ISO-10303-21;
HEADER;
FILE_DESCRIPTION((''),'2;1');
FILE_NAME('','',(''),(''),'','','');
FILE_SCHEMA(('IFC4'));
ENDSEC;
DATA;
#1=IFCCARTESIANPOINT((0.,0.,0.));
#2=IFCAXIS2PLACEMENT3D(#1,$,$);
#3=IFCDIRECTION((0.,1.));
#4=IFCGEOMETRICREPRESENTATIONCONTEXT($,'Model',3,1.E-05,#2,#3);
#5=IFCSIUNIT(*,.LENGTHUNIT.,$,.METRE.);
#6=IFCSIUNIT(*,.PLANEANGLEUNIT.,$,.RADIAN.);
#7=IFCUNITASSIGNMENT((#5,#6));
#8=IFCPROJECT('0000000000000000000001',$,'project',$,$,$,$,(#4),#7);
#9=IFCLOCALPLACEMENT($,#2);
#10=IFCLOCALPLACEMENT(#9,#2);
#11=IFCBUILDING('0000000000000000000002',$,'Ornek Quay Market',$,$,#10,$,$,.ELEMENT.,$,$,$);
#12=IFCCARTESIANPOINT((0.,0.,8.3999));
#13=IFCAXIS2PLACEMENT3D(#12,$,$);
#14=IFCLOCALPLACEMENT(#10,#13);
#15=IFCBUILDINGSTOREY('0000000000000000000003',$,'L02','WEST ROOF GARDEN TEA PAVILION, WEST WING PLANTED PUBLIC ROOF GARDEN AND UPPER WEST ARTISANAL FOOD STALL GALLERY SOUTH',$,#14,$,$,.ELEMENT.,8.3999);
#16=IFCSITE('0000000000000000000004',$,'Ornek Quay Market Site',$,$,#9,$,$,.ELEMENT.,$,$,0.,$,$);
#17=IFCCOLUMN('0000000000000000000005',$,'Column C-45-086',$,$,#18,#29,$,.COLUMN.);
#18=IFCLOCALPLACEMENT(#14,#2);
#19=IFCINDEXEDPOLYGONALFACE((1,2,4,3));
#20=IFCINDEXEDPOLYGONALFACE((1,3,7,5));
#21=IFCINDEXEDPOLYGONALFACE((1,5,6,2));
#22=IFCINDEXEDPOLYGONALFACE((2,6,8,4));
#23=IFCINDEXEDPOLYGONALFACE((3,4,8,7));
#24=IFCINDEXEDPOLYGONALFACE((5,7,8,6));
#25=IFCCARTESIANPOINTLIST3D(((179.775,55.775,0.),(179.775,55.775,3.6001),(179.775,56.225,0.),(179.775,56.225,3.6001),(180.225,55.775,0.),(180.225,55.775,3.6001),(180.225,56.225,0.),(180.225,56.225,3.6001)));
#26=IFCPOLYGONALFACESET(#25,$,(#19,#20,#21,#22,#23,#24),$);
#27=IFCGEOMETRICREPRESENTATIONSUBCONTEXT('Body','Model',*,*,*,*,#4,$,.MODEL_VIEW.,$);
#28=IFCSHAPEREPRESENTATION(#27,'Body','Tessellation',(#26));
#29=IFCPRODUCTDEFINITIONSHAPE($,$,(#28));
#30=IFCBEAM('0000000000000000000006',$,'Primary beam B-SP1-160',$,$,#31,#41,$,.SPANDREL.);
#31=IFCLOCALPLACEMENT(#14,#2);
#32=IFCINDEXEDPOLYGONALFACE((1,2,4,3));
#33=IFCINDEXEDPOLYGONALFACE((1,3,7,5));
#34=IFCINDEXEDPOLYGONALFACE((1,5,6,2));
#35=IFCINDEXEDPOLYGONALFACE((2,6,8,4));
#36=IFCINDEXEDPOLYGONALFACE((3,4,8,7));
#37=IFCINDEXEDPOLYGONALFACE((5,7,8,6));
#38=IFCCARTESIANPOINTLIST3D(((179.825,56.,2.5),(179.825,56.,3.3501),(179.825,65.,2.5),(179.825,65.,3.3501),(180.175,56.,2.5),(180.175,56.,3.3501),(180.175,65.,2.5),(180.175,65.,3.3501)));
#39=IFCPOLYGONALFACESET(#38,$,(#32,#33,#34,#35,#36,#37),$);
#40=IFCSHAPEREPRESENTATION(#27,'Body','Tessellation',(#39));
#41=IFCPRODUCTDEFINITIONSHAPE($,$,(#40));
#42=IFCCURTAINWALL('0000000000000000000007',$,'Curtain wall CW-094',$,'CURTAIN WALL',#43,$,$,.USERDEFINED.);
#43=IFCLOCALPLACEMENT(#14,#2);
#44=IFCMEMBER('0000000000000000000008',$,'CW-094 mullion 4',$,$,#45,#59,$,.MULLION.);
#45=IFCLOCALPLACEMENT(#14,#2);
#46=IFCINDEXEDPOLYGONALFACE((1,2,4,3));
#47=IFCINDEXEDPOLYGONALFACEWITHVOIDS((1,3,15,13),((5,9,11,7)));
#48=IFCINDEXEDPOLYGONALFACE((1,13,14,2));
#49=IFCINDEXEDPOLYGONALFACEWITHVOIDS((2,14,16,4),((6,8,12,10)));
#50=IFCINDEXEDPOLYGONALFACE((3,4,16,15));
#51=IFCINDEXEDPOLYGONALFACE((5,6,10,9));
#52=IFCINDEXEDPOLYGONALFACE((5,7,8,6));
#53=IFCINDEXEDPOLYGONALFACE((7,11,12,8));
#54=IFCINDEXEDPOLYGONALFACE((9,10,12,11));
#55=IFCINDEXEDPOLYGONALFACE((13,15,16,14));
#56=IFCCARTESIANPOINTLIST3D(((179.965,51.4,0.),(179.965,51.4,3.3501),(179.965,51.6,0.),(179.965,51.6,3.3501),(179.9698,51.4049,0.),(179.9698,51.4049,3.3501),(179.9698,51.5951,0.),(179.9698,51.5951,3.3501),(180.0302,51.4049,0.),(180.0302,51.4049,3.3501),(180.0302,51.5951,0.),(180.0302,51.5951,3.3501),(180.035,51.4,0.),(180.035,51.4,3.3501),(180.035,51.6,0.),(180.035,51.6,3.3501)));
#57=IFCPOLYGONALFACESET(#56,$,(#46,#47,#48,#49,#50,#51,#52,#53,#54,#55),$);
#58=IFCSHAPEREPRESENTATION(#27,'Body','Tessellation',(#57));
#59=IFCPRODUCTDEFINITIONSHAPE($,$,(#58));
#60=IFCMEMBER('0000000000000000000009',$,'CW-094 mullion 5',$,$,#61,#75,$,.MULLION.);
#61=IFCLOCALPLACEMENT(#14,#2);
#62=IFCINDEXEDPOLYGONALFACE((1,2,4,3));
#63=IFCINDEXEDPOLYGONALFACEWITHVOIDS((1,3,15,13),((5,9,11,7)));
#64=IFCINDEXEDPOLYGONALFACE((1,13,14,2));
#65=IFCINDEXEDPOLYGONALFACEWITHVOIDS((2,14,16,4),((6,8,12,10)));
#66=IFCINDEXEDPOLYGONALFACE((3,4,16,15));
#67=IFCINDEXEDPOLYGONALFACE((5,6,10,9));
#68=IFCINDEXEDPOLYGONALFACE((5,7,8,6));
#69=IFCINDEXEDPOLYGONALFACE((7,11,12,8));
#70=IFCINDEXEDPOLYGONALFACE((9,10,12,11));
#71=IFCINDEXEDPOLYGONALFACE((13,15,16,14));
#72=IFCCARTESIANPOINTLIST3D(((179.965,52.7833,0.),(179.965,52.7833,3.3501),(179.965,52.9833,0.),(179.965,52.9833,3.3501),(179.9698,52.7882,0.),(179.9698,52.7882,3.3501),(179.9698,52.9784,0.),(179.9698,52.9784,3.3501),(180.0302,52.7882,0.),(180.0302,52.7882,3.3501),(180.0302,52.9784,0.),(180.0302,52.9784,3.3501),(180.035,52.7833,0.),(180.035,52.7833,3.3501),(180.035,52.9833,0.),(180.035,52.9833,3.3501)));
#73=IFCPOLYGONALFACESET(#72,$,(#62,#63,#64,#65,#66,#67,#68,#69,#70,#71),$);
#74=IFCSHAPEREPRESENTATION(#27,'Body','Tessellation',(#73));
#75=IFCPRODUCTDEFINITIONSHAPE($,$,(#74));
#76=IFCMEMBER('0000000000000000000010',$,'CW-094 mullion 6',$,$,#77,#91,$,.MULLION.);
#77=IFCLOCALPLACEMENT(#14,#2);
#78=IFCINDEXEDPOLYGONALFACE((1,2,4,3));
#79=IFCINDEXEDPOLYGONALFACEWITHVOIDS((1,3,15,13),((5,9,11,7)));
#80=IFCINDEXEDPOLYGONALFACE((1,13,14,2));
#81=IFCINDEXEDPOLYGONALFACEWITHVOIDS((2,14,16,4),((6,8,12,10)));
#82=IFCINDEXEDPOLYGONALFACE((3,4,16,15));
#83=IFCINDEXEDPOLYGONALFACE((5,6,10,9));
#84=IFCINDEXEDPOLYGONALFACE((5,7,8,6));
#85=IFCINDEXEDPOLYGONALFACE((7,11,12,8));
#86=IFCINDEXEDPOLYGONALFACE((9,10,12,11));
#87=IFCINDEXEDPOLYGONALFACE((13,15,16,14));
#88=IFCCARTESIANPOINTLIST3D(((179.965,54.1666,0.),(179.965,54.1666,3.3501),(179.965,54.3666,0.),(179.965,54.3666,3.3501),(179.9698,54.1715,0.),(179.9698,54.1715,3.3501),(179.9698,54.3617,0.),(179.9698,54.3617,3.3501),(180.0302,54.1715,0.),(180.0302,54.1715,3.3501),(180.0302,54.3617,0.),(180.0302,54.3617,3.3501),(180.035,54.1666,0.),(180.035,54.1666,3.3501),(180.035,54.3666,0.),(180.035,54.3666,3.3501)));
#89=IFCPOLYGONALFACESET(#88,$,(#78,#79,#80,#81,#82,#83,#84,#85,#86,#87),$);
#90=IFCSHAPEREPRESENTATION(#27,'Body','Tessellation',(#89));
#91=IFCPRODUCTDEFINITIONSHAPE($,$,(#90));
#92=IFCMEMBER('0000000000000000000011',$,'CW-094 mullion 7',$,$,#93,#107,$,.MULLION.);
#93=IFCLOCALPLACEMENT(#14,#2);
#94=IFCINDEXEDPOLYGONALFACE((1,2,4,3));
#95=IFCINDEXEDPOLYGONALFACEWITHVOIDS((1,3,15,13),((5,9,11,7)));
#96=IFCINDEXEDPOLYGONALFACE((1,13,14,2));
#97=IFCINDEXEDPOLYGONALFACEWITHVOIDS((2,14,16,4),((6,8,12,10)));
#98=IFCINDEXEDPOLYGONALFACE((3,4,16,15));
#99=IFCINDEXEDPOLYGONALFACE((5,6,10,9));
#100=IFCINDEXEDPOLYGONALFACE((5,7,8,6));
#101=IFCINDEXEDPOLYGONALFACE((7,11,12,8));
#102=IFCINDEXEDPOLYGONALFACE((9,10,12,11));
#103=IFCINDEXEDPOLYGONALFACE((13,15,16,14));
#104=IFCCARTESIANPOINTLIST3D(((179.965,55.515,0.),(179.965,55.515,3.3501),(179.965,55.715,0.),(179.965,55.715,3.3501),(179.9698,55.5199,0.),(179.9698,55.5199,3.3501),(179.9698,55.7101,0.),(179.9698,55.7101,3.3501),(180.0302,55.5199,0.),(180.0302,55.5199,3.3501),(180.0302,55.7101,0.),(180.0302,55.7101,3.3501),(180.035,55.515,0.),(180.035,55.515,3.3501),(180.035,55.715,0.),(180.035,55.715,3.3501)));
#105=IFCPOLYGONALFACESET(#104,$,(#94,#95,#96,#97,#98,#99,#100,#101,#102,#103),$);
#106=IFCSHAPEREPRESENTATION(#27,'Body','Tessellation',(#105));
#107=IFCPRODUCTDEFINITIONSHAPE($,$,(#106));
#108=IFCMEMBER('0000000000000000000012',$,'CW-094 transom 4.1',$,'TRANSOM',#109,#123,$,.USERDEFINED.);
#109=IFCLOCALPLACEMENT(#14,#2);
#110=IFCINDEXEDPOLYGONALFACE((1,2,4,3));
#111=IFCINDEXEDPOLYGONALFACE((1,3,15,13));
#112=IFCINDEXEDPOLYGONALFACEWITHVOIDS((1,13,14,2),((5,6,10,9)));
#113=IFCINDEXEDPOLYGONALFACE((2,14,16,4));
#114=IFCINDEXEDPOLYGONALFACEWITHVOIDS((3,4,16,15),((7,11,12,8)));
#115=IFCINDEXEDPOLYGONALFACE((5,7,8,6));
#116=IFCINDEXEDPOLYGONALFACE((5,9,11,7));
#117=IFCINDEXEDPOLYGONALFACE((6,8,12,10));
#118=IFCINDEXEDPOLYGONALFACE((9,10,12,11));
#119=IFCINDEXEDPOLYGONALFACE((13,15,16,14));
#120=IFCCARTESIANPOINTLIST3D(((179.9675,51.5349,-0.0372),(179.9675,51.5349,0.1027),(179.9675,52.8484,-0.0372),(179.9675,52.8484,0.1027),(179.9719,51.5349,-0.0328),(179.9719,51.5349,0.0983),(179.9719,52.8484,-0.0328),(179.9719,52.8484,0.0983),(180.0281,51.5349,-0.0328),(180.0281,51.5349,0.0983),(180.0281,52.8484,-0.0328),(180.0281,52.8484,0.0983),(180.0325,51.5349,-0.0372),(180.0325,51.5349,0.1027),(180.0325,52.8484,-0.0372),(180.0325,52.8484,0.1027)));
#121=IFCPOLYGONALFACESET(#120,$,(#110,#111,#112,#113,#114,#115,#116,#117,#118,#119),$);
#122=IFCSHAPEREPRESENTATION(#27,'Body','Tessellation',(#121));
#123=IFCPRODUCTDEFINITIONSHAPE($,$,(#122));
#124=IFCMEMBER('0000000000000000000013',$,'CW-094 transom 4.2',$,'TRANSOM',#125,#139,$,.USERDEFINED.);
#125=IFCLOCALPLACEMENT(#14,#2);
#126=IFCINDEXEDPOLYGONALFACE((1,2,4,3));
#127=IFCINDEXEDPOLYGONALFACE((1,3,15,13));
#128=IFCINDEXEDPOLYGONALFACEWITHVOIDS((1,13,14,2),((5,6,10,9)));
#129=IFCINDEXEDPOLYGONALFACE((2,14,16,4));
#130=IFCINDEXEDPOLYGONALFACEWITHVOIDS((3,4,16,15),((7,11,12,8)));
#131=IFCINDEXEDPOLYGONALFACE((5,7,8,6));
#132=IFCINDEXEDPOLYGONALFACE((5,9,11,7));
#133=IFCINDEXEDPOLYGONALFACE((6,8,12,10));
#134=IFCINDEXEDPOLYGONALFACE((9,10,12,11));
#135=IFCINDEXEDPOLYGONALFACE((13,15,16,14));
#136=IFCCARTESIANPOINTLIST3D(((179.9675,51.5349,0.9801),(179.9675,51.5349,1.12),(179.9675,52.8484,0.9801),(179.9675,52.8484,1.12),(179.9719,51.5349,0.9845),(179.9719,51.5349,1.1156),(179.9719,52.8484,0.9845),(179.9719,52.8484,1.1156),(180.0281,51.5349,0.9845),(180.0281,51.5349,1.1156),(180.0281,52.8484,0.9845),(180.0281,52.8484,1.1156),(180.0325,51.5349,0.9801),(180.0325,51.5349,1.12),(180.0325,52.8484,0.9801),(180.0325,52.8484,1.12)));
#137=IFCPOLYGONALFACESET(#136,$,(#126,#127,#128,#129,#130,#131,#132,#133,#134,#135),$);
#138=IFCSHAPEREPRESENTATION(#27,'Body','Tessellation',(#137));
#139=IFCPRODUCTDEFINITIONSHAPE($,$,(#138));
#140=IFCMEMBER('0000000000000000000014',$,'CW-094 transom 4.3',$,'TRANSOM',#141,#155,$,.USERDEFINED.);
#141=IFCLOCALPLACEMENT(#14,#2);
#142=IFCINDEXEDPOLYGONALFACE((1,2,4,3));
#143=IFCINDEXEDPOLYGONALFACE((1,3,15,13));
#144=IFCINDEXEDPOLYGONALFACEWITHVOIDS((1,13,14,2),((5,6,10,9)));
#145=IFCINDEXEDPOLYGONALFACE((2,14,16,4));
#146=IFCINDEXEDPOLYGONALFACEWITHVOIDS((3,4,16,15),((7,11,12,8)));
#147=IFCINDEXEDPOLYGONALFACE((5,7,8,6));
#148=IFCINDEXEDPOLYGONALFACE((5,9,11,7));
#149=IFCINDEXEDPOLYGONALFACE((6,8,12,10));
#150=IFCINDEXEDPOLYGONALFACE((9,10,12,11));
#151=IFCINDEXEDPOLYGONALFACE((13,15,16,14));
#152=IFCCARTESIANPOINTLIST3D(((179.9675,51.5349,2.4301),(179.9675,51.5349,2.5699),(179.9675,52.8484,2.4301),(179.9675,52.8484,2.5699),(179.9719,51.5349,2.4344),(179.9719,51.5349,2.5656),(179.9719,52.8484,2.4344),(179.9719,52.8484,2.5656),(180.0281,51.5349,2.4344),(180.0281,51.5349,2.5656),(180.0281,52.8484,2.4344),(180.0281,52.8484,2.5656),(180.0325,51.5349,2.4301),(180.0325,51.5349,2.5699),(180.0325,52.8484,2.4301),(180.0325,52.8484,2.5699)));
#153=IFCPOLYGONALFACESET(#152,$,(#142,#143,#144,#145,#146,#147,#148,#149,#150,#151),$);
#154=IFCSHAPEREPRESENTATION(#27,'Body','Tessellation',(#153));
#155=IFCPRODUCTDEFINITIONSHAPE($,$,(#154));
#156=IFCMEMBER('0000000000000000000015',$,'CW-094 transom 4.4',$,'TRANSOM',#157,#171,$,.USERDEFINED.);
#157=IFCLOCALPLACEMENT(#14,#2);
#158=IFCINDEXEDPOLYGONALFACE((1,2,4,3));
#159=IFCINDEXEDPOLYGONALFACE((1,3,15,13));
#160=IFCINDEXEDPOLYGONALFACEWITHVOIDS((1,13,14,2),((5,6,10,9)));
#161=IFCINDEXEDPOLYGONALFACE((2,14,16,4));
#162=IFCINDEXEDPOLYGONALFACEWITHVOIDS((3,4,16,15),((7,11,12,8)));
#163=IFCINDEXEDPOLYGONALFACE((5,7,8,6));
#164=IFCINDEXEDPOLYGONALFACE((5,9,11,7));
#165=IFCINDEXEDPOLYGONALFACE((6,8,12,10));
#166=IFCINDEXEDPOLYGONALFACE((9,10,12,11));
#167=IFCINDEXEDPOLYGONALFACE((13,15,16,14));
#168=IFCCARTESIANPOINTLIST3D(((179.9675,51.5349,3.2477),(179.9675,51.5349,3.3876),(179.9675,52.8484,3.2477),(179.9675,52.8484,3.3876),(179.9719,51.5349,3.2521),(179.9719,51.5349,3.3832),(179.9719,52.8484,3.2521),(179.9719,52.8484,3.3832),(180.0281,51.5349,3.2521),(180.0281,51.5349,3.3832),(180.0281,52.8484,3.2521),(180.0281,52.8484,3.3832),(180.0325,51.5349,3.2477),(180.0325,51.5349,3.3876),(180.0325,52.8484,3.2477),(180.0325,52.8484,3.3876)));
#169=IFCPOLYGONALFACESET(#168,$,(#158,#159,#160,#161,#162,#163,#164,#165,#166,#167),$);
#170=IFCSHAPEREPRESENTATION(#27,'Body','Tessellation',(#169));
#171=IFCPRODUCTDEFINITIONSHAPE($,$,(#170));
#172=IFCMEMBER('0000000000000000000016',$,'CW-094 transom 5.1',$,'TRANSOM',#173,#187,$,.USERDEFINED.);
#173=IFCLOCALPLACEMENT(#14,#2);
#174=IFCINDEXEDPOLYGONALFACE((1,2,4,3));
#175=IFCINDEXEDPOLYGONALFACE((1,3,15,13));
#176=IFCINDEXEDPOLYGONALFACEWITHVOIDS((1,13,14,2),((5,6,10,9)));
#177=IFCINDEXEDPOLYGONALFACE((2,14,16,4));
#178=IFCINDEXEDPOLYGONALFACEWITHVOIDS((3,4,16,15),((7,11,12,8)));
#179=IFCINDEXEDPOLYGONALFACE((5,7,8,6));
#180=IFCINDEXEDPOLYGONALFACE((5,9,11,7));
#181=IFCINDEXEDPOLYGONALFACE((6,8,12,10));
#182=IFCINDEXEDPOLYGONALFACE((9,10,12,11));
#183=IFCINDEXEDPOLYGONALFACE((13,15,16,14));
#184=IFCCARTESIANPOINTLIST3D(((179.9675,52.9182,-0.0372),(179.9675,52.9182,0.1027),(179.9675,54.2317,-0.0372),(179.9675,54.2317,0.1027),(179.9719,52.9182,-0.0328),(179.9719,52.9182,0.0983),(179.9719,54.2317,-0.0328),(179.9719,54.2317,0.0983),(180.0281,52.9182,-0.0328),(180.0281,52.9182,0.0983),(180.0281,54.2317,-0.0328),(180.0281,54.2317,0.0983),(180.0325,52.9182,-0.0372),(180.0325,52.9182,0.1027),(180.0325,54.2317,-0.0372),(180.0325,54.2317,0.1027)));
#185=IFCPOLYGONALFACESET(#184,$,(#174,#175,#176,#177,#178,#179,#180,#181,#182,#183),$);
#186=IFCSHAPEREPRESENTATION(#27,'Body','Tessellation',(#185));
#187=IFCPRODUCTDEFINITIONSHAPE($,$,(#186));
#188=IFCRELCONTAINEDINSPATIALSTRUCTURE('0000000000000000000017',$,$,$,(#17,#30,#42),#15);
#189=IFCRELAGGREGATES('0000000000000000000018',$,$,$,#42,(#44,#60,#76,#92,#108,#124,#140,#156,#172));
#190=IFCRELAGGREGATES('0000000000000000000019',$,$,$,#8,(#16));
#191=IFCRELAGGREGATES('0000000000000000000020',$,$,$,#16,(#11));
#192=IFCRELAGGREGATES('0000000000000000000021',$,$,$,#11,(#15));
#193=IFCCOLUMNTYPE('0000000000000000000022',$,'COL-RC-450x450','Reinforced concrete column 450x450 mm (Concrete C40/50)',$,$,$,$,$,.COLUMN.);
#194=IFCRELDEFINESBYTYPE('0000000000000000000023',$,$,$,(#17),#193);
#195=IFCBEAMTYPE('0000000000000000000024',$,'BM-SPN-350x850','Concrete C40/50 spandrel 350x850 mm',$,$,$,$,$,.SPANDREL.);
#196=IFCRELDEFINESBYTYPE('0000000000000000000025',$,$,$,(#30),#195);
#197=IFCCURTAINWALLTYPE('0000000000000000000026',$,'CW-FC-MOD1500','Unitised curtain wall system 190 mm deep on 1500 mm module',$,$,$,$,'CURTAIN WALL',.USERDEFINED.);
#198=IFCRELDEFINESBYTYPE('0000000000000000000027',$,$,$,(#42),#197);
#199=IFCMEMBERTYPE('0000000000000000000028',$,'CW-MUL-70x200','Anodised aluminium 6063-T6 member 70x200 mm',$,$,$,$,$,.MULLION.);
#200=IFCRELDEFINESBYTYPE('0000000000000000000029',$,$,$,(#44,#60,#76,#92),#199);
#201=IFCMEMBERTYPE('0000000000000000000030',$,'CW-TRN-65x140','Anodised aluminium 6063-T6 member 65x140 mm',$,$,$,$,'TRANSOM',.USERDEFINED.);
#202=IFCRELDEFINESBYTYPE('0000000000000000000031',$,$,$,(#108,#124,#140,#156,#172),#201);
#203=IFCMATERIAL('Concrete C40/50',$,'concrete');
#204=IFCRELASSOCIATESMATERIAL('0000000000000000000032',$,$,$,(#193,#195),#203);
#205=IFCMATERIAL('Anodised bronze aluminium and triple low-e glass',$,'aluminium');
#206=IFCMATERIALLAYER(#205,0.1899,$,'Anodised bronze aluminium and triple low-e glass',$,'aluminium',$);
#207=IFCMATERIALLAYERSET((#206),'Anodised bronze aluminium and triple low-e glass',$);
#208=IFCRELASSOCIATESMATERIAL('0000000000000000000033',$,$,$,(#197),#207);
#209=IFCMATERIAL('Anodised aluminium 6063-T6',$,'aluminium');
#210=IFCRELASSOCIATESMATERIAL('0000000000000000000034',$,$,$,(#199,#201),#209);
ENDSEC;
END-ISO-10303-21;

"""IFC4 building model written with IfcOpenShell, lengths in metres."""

from ifc_helpers import new_model, si_unit, direction, frame, origin, origin_2d, place, context, subcontext, project, spatial, rectangle, hollow_rectangle, extrude, material, layer, layer_set, material_profile, profile_set, type_object, element, aggregate, save


model = new_model("IFC4")

# Units and contexts
model_context = context("Model", 3, precision=1e-05, world=origin(), true_north=direction((0.0, 1.0)))
body_context = subcontext(model_context, "Body", "Model", "MODEL_VIEW")
ifc_project = project(units=[si_unit("LENGTHUNIT", "METRE"), si_unit("PLANEANGLEUNIT", "RADIAN")], contexts=[model_context])

# Site, building, storey
site_placement = place(None, origin())
site = spatial("IfcSite", under=ifc_project, at=site_placement, Name="Ornek Quay Market Site", CompositionType="ELEMENT", RefElevation=0.0)
building_placement = place(site_placement, origin())
building = spatial("IfcBuilding", under=site, at=building_placement, Name="Ornek Quay Market", CompositionType="ELEMENT")
storey_placement = place(building_placement, frame((0.0, 0.0, 8.3999)))
storey = spatial("IfcBuildingStorey", under=building, at=storey_placement, Name="L02", Description="WEST ROOF GARDEN TEA PAVILION, WEST WING PLANTED PUBLIC ROOF GARDEN AND UPPER WEST ARTISANAL FOOD STALL GALLERY SOUTH", CompositionType="ELEMENT", Elevation=8.3999)

# Column
ifc_material_1 = material(Name="Concrete C40/50", Category="concrete")
ifc_material_profile_1 = material_profile(ifc_material_1, rectangle(XDim=0.45, YDim=0.45, at=origin_2d()), Name="RC 450x450", Category="concrete")
ifc_profile_set_1 = profile_set([ifc_material_profile_1], Name="Concrete C40/50")
column_type = type_object("IfcColumnType", Name="COL-RC-450x450", Description="Reinforced concrete column 450x450 mm (Concrete C40/50)", PredefinedType="COLUMN", material=ifc_profile_set_1)
column_placement = place(storey_placement, frame((180.0, 56.0, 0.0), z_axis=(0.0, 0.0, 1.0), x_axis=(1.0, 0.0, 0.0)))
element("IfcColumn", 1, at=column_placement, inside=storey, type_object=column_type, Name="Column C-45-086", PredefinedType="COLUMN", context=body_context, shape_type="SweptSolid", body=[
    extrude(rectangle(XDim=0.45, YDim=0.45, at=origin_2d()), origin(), (0.0, 0.0, 1.0), 3.6001),
])

# Beam
ifc_material_profile_2 = material_profile(ifc_material_1, rectangle(XDim=0.3501, YDim=0.8501, at=origin_2d()), Name="RC 350x850", Category="concrete")
ifc_profile_set_2 = profile_set([ifc_material_profile_2], Name="Concrete C40/50")
beam_type = type_object("IfcBeamType", Name="BM-SPN-350x850", Description="Concrete C40/50 spandrel 350x850 mm", PredefinedType="SPANDREL", material=ifc_profile_set_2)
beam_placement = place(storey_placement, frame((180.0, 56.0, 2.925), z_axis=(0.0, 1.0, 0.0), x_axis=(-1.0, 0.0, 0.0)))
element("IfcBeam", 2, at=beam_placement, inside=storey, type_object=beam_type, Name="Primary beam B-SP1-160", PredefinedType="SPANDREL", context=body_context, shape_type="SweptSolid", body=[
    extrude(rectangle(XDim=0.3501, YDim=0.8501, at=origin_2d()), origin(), (0.0, 0.0, 1.0), 9.0),
])

# Curtain wall, members
ifc_material_2 = material(Name="Anodised bronze aluminium and triple low-e glass", Category="aluminium")
ifc_layer_1 = layer(ifc_material_2, 0.1899, Name="Anodised bronze aluminium and triple low-e glass", Category="aluminium")
ifc_layer_set_1 = layer_set([ifc_layer_1], Name="Anodised bronze aluminium and triple low-e glass")
curtain_wall_type = type_object("IfcCurtainWallType", Name="CW-FC-MOD1500", Description="Unitised curtain wall system 190 mm deep on 1500 mm module", ElementType="CURTAIN WALL", PredefinedType="USERDEFINED", material=ifc_layer_set_1)
curtain_wall_placement = place(storey_placement, origin())
curtain_wall = element("IfcCurtainWall", 3, at=curtain_wall_placement, inside=storey, type_object=curtain_wall_type, Name="Curtain wall CW-094", ObjectType="CURTAIN WALL", PredefinedType="USERDEFINED")
ifc_material_3 = material(Name="Anodised aluminium 6063-T6", Category="aluminium")
ifc_material_profile_3 = material_profile(ifc_material_3, hollow_rectangle(XDim=0.0701, YDim=0.2, WallThickness=0.0049, at=origin_2d()), Name="CW-MUL-70x200", Category="aluminium")
ifc_profile_set_3 = profile_set([ifc_material_profile_3], Name="Anodised aluminium 6063-T6")
member_type_1 = type_object("IfcMemberType", Name="CW-MUL-70x200", Description="Anodised aluminium 6063-T6 member 70x200 mm", PredefinedType="MULLION", material=ifc_profile_set_3)
member_1_placement = place(storey_placement, frame((180.0, 51.5, 0.0), z_axis=(0.0, 0.0, 1.0), x_axis=(-1.0, 0.0, 0.0)))
member_1 = element("IfcMember", 4, at=member_1_placement, type_object=member_type_1, Name="CW-094 mullion 4", PredefinedType="MULLION", context=body_context, shape_type="SweptSolid", body=[
    extrude(hollow_rectangle(XDim=0.0701, YDim=0.2, WallThickness=0.0049, at=origin_2d()), origin(), (0.0, 0.0, 1.0), 3.3501),
])
member_2_placement = place(storey_placement, frame((180.0, 52.8833, 0.0), z_axis=(0.0, 0.0, 1.0), x_axis=(-1.0, 0.0, 0.0)))
member_2 = element("IfcMember", 5, at=member_2_placement, type_object=member_type_1, Name="CW-094 mullion 5", PredefinedType="MULLION", context=body_context, shape_type="SweptSolid", body=[
    extrude(hollow_rectangle(XDim=0.0701, YDim=0.2, WallThickness=0.0049, at=origin_2d()), origin(), (0.0, 0.0, 1.0), 3.3501),
])
member_3_placement = place(storey_placement, frame((180.0, 54.2666, 0.0), z_axis=(0.0, 0.0, 1.0), x_axis=(-1.0, 0.0, 0.0)))
member_3 = element("IfcMember", 6, at=member_3_placement, type_object=member_type_1, Name="CW-094 mullion 6", PredefinedType="MULLION", context=body_context, shape_type="SweptSolid", body=[
    extrude(hollow_rectangle(XDim=0.0701, YDim=0.2, WallThickness=0.0049, at=origin_2d()), origin(), (0.0, 0.0, 1.0), 3.3501),
])
member_4_placement = place(storey_placement, frame((180.0, 55.615, 0.0), z_axis=(0.0, 0.0, 1.0), x_axis=(-1.0, 0.0, 0.0)))
member_4 = element("IfcMember", 7, at=member_4_placement, type_object=member_type_1, Name="CW-094 mullion 7", PredefinedType="MULLION", context=body_context, shape_type="SweptSolid", body=[
    extrude(hollow_rectangle(XDim=0.0701, YDim=0.2, WallThickness=0.0049, at=origin_2d()), origin(), (0.0, 0.0, 1.0), 3.3501),
])
ifc_material_profile_4 = material_profile(ifc_material_3, hollow_rectangle(XDim=0.0649, YDim=0.1399, WallThickness=0.0044, at=origin_2d()), Name="CW-TRN-65x140", Category="aluminium")
ifc_profile_set_4 = profile_set([ifc_material_profile_4], Name="Anodised aluminium 6063-T6")
member_type_2 = type_object("IfcMemberType", Name="CW-TRN-65x140", Description="Anodised aluminium 6063-T6 member 65x140 mm", ElementType="TRANSOM", PredefinedType="USERDEFINED", material=ifc_profile_set_4)
member_5_placement = place(storey_placement, frame((180.0, 51.5349, 0.0327), z_axis=(0.0, 1.0, 0.0), x_axis=(-1.0, 0.0, 0.0)))
member_5 = element("IfcMember", 8, at=member_5_placement, type_object=member_type_2, Name="CW-094 transom 4.1", ObjectType="TRANSOM", PredefinedType="USERDEFINED", context=body_context, shape_type="SweptSolid", body=[
    extrude(hollow_rectangle(XDim=0.0649, YDim=0.1399, WallThickness=0.0044, at=origin_2d()), origin(), (0.0, 0.0, 1.0), 1.3135),
])
member_6_placement = place(storey_placement, frame((180.0, 51.5349, 1.05), z_axis=(0.0, 1.0, 0.0), x_axis=(-1.0, 0.0, 0.0)))
member_6 = element("IfcMember", 9, at=member_6_placement, type_object=member_type_2, Name="CW-094 transom 4.2", ObjectType="TRANSOM", PredefinedType="USERDEFINED", context=body_context, shape_type="SweptSolid", body=[
    extrude(hollow_rectangle(XDim=0.0649, YDim=0.1399, WallThickness=0.0044, at=origin_2d()), origin(), (0.0, 0.0, 1.0), 1.3135),
])
member_7_placement = place(storey_placement, frame((180.0, 51.5349, 2.5), z_axis=(0.0, 1.0, 0.0), x_axis=(-1.0, 0.0, 0.0)))
member_7 = element("IfcMember", 10, at=member_7_placement, type_object=member_type_2, Name="CW-094 transom 4.3", ObjectType="TRANSOM", PredefinedType="USERDEFINED", context=body_context, shape_type="SweptSolid", body=[
    extrude(hollow_rectangle(XDim=0.0649, YDim=0.1399, WallThickness=0.0044, at=origin_2d()), origin(), (0.0, 0.0, 1.0), 1.3135),
])
member_8_placement = place(storey_placement, frame((180.0, 51.5349, 3.3176), z_axis=(0.0, 1.0, 0.0), x_axis=(-1.0, 0.0, 0.0)))
member_8 = element("IfcMember", 11, at=member_8_placement, type_object=member_type_2, Name="CW-094 transom 4.4", ObjectType="TRANSOM", PredefinedType="USERDEFINED", context=body_context, shape_type="SweptSolid", body=[
    extrude(hollow_rectangle(XDim=0.0649, YDim=0.1399, WallThickness=0.0044, at=origin_2d()), origin(), (0.0, 0.0, 1.0), 1.3135),
])
member_9_placement = place(storey_placement, frame((180.0, 52.9182, 0.0327), z_axis=(0.0, 1.0, 0.0), x_axis=(-1.0, 0.0, 0.0)))
member_9 = element("IfcMember", 12, at=member_9_placement, type_object=member_type_2, Name="CW-094 transom 5.1", ObjectType="TRANSOM", PredefinedType="USERDEFINED", context=body_context, shape_type="SweptSolid", body=[
    extrude(hollow_rectangle(XDim=0.0649, YDim=0.1399, WallThickness=0.0044, at=origin_2d()), origin(), (0.0, 0.0, 1.0), 1.3135),
])
aggregate(curtain_wall, [member_1, member_2, member_3, member_4, member_5, member_6, member_7, member_8, member_9])

save(model, "model.ifc")
